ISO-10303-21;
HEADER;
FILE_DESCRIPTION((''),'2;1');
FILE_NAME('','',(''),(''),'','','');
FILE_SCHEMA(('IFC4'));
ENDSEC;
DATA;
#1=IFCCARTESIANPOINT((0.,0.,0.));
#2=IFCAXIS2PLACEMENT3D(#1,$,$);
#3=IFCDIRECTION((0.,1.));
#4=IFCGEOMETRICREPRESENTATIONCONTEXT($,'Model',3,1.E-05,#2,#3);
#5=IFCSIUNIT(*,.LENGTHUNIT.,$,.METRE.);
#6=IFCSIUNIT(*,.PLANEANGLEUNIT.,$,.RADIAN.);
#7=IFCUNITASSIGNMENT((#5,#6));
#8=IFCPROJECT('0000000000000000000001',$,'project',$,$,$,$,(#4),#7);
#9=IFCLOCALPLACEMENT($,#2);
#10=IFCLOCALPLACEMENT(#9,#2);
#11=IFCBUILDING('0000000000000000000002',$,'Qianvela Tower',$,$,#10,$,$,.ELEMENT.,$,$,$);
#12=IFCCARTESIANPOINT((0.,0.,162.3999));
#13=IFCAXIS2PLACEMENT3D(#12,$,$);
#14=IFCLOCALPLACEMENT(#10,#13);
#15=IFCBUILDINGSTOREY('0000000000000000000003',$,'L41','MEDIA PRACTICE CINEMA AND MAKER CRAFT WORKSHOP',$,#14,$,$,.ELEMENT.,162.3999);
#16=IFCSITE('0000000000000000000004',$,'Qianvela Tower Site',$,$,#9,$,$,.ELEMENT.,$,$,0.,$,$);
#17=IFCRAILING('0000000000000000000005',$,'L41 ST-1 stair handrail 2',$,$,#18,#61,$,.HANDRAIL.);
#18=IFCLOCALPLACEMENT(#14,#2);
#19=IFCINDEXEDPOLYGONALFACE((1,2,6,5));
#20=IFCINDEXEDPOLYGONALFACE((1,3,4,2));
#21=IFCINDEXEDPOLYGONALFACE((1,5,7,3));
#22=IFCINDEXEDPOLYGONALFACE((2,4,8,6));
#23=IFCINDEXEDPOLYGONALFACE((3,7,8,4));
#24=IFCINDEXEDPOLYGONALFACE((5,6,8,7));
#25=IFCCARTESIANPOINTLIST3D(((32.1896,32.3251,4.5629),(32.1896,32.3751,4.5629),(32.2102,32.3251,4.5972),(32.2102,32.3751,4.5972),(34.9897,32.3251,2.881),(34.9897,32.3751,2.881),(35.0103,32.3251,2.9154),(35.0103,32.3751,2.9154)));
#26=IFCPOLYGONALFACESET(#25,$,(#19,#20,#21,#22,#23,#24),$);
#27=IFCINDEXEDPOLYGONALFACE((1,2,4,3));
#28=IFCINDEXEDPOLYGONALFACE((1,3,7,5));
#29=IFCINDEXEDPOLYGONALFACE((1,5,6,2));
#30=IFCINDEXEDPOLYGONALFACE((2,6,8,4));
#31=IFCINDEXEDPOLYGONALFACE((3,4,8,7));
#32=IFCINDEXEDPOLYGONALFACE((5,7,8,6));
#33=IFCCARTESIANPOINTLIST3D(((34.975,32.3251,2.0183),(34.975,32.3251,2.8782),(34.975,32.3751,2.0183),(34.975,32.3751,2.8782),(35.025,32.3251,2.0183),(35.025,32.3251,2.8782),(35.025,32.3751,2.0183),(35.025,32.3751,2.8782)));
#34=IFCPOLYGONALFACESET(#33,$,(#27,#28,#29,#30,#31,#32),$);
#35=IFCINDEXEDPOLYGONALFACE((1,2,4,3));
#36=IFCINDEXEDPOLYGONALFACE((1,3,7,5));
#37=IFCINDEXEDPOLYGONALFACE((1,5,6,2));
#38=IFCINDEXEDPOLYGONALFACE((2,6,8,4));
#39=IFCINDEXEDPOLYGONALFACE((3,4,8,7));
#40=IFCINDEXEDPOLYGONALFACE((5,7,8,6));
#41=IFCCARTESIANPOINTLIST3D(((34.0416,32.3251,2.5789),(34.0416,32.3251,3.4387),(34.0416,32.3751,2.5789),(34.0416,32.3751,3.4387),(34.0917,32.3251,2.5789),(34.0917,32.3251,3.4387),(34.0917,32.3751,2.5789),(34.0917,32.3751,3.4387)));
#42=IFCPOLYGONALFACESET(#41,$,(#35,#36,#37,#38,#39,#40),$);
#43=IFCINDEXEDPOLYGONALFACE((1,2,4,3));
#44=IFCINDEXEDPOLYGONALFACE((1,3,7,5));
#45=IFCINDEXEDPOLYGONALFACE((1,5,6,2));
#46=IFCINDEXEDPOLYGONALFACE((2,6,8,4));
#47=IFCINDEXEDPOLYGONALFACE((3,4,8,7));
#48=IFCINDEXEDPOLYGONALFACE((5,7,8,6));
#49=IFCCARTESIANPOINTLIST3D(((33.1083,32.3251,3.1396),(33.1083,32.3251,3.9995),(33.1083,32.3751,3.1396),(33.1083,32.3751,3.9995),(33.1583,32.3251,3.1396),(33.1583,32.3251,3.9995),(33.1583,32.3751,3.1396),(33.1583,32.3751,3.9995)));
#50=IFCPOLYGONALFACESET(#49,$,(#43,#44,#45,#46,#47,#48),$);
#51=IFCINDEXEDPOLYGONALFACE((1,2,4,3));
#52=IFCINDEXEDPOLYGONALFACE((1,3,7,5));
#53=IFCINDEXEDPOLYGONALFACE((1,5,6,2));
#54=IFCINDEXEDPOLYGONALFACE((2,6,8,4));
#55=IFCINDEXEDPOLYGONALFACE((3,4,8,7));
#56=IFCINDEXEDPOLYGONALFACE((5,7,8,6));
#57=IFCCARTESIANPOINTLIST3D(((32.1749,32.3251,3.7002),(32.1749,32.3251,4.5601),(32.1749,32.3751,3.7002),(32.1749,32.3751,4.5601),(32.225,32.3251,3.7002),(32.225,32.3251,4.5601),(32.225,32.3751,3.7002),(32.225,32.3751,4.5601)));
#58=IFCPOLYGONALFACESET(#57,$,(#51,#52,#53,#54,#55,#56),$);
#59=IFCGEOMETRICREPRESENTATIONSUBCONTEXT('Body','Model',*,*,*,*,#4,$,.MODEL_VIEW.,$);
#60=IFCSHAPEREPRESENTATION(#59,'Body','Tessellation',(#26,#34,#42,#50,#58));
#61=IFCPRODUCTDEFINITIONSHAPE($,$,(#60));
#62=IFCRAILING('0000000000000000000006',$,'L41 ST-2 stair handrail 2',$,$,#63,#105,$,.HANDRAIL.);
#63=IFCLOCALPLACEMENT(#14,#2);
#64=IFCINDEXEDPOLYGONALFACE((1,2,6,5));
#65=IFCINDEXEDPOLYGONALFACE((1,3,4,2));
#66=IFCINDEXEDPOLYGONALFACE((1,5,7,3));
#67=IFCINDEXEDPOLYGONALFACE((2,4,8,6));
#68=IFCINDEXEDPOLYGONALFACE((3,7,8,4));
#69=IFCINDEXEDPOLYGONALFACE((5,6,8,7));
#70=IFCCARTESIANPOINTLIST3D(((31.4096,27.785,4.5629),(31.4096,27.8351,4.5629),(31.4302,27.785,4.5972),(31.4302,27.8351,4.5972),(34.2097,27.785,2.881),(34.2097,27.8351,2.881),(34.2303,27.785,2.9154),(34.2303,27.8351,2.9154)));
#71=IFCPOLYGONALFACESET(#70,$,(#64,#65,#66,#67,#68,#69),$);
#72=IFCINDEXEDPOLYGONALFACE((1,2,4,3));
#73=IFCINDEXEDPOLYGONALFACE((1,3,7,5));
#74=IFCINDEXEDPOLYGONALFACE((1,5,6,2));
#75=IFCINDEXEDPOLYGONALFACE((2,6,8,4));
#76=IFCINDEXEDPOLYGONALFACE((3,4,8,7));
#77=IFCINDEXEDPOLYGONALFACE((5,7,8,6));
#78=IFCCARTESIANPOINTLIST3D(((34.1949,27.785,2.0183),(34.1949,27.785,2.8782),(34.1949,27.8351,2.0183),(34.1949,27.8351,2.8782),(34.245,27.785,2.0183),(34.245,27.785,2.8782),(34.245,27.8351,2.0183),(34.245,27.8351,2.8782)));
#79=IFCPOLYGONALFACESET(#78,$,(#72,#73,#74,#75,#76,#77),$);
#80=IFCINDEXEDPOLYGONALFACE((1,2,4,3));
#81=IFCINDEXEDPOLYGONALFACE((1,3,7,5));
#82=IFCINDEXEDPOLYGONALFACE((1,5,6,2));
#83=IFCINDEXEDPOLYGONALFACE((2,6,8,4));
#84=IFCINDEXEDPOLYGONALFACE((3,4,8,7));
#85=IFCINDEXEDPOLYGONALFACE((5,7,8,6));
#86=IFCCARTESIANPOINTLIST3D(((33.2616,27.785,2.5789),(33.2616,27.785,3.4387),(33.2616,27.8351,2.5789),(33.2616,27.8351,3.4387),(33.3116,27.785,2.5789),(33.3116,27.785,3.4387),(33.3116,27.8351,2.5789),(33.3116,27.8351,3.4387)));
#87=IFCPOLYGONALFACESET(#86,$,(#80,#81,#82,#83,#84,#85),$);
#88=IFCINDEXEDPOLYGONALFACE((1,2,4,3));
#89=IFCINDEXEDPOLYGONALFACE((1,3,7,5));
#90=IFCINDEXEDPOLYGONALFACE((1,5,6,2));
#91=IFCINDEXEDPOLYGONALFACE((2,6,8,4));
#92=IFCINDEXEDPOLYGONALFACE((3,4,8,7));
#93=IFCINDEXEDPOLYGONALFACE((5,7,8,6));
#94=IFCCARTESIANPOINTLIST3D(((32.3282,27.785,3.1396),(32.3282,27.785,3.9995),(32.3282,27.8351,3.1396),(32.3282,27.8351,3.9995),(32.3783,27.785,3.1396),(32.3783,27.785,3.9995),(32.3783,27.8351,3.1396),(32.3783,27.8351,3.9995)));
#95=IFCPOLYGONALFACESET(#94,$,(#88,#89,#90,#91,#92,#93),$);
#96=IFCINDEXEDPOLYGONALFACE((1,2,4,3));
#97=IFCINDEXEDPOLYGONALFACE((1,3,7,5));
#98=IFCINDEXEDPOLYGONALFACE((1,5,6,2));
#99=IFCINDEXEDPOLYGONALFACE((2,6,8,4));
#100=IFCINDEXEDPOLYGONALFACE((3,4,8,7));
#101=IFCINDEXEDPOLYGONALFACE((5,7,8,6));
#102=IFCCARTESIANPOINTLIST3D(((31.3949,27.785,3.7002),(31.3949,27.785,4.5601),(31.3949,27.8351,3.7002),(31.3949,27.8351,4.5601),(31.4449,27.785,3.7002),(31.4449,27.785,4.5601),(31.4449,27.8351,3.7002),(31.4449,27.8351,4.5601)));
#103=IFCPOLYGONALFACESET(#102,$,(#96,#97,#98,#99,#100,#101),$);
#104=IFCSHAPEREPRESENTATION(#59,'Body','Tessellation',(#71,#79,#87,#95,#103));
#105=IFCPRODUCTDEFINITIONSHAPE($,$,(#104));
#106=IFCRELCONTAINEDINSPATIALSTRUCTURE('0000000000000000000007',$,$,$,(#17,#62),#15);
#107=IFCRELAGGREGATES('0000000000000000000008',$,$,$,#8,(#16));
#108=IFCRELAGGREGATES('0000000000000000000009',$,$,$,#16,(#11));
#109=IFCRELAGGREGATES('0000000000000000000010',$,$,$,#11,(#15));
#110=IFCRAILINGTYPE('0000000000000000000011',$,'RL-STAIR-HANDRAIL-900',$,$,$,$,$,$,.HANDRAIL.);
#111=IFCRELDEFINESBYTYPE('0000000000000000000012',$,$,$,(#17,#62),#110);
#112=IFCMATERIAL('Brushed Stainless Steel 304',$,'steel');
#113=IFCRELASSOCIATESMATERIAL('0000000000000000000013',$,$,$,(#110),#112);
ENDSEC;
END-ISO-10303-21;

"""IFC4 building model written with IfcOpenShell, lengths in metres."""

from ifc_helpers import new_model, si_unit, direction, frame, origin, origin_2d, place, context, subcontext, project, spatial, rectangle, extrude, material, type_object, element, save


model = new_model("IFC4")

# Units and contexts
model_context = context("Model", 3, precision=1e-05, world=origin(), true_north=direction((0.0, 1.0)))
body_context = subcontext(model_context, "Body", "Model", "MODEL_VIEW")
ifc_project = project(units=[si_unit("LENGTHUNIT", "METRE"), si_unit("PLANEANGLEUNIT", "RADIAN")], contexts=[model_context])

# Site, building, storey
site_placement = place(None, origin())
site = spatial("IfcSite", under=ifc_project, at=site_placement, Name="Qianvela Tower Site", CompositionType="ELEMENT", RefElevation=0.0)
building_placement = place(site_placement, origin())
building = spatial("IfcBuilding", under=site, at=building_placement, Name="Qianvela Tower", CompositionType="ELEMENT")
storey_placement = place(building_placement, frame((0.0, 0.0, 162.3999)))
storey = spatial("IfcBuildingStorey", under=building, at=storey_placement, Name="L41", Description="MEDIA PRACTICE CINEMA AND MAKER CRAFT WORKSHOP", CompositionType="ELEMENT", Elevation=162.3999)

# Railings
ifc_material_1 = material(Name="Brushed Stainless Steel 304", Category="steel")
railing_type_1 = type_object("IfcRailingType", Name="RL-STAIR-HANDRAIL-900", PredefinedType="HANDRAIL", material=ifc_material_1)
for number, where, name in (
    (1, (35.0, 32.3501, 2.0183), "L41 ST-1 stair handrail 2"),
    (2, (34.22, 27.8101, 2.0183), "L41 ST-2 stair handrail 2"),
):
    element("IfcRailing", number, at=place(storey_placement, frame(where)), inside=storey, type_object=railing_type_1, Name=name, PredefinedType="HANDRAIL", context=body_context, shape_type="SweptSolid", body=[
        extrude(rectangle(XDim=0.05, YDim=0.04, at=origin_2d()), frame((0.0, 0.0, 0.8799), z_axis=(-0.857242, 0.0, 0.514913), x_axis=(0.0, -1.0, 0.0)), (0.0, 0.0, 1.0), 3.2664),
        extrude(rectangle(XDim=0.05, YDim=0.05, at=origin_2d()), origin(), (0.0, 0.0, 1.0), 0.8599),
        extrude(rectangle(XDim=0.05, YDim=0.05, at=origin_2d()), frame((-0.9333, 0.0, 0.5605)), (0.0, 0.0, 1.0), 0.8599),
        extrude(rectangle(XDim=0.05, YDim=0.05, at=origin_2d()), frame((-1.8667, 0.0, 1.1213)), (0.0, 0.0, 1.0), 0.8599),
        extrude(rectangle(XDim=0.05, YDim=0.05, at=origin_2d()), frame((-2.8, 0.0, 1.6819)), (0.0, 0.0, 1.0), 0.8599),
    ])

save(model, "model.ifc")
